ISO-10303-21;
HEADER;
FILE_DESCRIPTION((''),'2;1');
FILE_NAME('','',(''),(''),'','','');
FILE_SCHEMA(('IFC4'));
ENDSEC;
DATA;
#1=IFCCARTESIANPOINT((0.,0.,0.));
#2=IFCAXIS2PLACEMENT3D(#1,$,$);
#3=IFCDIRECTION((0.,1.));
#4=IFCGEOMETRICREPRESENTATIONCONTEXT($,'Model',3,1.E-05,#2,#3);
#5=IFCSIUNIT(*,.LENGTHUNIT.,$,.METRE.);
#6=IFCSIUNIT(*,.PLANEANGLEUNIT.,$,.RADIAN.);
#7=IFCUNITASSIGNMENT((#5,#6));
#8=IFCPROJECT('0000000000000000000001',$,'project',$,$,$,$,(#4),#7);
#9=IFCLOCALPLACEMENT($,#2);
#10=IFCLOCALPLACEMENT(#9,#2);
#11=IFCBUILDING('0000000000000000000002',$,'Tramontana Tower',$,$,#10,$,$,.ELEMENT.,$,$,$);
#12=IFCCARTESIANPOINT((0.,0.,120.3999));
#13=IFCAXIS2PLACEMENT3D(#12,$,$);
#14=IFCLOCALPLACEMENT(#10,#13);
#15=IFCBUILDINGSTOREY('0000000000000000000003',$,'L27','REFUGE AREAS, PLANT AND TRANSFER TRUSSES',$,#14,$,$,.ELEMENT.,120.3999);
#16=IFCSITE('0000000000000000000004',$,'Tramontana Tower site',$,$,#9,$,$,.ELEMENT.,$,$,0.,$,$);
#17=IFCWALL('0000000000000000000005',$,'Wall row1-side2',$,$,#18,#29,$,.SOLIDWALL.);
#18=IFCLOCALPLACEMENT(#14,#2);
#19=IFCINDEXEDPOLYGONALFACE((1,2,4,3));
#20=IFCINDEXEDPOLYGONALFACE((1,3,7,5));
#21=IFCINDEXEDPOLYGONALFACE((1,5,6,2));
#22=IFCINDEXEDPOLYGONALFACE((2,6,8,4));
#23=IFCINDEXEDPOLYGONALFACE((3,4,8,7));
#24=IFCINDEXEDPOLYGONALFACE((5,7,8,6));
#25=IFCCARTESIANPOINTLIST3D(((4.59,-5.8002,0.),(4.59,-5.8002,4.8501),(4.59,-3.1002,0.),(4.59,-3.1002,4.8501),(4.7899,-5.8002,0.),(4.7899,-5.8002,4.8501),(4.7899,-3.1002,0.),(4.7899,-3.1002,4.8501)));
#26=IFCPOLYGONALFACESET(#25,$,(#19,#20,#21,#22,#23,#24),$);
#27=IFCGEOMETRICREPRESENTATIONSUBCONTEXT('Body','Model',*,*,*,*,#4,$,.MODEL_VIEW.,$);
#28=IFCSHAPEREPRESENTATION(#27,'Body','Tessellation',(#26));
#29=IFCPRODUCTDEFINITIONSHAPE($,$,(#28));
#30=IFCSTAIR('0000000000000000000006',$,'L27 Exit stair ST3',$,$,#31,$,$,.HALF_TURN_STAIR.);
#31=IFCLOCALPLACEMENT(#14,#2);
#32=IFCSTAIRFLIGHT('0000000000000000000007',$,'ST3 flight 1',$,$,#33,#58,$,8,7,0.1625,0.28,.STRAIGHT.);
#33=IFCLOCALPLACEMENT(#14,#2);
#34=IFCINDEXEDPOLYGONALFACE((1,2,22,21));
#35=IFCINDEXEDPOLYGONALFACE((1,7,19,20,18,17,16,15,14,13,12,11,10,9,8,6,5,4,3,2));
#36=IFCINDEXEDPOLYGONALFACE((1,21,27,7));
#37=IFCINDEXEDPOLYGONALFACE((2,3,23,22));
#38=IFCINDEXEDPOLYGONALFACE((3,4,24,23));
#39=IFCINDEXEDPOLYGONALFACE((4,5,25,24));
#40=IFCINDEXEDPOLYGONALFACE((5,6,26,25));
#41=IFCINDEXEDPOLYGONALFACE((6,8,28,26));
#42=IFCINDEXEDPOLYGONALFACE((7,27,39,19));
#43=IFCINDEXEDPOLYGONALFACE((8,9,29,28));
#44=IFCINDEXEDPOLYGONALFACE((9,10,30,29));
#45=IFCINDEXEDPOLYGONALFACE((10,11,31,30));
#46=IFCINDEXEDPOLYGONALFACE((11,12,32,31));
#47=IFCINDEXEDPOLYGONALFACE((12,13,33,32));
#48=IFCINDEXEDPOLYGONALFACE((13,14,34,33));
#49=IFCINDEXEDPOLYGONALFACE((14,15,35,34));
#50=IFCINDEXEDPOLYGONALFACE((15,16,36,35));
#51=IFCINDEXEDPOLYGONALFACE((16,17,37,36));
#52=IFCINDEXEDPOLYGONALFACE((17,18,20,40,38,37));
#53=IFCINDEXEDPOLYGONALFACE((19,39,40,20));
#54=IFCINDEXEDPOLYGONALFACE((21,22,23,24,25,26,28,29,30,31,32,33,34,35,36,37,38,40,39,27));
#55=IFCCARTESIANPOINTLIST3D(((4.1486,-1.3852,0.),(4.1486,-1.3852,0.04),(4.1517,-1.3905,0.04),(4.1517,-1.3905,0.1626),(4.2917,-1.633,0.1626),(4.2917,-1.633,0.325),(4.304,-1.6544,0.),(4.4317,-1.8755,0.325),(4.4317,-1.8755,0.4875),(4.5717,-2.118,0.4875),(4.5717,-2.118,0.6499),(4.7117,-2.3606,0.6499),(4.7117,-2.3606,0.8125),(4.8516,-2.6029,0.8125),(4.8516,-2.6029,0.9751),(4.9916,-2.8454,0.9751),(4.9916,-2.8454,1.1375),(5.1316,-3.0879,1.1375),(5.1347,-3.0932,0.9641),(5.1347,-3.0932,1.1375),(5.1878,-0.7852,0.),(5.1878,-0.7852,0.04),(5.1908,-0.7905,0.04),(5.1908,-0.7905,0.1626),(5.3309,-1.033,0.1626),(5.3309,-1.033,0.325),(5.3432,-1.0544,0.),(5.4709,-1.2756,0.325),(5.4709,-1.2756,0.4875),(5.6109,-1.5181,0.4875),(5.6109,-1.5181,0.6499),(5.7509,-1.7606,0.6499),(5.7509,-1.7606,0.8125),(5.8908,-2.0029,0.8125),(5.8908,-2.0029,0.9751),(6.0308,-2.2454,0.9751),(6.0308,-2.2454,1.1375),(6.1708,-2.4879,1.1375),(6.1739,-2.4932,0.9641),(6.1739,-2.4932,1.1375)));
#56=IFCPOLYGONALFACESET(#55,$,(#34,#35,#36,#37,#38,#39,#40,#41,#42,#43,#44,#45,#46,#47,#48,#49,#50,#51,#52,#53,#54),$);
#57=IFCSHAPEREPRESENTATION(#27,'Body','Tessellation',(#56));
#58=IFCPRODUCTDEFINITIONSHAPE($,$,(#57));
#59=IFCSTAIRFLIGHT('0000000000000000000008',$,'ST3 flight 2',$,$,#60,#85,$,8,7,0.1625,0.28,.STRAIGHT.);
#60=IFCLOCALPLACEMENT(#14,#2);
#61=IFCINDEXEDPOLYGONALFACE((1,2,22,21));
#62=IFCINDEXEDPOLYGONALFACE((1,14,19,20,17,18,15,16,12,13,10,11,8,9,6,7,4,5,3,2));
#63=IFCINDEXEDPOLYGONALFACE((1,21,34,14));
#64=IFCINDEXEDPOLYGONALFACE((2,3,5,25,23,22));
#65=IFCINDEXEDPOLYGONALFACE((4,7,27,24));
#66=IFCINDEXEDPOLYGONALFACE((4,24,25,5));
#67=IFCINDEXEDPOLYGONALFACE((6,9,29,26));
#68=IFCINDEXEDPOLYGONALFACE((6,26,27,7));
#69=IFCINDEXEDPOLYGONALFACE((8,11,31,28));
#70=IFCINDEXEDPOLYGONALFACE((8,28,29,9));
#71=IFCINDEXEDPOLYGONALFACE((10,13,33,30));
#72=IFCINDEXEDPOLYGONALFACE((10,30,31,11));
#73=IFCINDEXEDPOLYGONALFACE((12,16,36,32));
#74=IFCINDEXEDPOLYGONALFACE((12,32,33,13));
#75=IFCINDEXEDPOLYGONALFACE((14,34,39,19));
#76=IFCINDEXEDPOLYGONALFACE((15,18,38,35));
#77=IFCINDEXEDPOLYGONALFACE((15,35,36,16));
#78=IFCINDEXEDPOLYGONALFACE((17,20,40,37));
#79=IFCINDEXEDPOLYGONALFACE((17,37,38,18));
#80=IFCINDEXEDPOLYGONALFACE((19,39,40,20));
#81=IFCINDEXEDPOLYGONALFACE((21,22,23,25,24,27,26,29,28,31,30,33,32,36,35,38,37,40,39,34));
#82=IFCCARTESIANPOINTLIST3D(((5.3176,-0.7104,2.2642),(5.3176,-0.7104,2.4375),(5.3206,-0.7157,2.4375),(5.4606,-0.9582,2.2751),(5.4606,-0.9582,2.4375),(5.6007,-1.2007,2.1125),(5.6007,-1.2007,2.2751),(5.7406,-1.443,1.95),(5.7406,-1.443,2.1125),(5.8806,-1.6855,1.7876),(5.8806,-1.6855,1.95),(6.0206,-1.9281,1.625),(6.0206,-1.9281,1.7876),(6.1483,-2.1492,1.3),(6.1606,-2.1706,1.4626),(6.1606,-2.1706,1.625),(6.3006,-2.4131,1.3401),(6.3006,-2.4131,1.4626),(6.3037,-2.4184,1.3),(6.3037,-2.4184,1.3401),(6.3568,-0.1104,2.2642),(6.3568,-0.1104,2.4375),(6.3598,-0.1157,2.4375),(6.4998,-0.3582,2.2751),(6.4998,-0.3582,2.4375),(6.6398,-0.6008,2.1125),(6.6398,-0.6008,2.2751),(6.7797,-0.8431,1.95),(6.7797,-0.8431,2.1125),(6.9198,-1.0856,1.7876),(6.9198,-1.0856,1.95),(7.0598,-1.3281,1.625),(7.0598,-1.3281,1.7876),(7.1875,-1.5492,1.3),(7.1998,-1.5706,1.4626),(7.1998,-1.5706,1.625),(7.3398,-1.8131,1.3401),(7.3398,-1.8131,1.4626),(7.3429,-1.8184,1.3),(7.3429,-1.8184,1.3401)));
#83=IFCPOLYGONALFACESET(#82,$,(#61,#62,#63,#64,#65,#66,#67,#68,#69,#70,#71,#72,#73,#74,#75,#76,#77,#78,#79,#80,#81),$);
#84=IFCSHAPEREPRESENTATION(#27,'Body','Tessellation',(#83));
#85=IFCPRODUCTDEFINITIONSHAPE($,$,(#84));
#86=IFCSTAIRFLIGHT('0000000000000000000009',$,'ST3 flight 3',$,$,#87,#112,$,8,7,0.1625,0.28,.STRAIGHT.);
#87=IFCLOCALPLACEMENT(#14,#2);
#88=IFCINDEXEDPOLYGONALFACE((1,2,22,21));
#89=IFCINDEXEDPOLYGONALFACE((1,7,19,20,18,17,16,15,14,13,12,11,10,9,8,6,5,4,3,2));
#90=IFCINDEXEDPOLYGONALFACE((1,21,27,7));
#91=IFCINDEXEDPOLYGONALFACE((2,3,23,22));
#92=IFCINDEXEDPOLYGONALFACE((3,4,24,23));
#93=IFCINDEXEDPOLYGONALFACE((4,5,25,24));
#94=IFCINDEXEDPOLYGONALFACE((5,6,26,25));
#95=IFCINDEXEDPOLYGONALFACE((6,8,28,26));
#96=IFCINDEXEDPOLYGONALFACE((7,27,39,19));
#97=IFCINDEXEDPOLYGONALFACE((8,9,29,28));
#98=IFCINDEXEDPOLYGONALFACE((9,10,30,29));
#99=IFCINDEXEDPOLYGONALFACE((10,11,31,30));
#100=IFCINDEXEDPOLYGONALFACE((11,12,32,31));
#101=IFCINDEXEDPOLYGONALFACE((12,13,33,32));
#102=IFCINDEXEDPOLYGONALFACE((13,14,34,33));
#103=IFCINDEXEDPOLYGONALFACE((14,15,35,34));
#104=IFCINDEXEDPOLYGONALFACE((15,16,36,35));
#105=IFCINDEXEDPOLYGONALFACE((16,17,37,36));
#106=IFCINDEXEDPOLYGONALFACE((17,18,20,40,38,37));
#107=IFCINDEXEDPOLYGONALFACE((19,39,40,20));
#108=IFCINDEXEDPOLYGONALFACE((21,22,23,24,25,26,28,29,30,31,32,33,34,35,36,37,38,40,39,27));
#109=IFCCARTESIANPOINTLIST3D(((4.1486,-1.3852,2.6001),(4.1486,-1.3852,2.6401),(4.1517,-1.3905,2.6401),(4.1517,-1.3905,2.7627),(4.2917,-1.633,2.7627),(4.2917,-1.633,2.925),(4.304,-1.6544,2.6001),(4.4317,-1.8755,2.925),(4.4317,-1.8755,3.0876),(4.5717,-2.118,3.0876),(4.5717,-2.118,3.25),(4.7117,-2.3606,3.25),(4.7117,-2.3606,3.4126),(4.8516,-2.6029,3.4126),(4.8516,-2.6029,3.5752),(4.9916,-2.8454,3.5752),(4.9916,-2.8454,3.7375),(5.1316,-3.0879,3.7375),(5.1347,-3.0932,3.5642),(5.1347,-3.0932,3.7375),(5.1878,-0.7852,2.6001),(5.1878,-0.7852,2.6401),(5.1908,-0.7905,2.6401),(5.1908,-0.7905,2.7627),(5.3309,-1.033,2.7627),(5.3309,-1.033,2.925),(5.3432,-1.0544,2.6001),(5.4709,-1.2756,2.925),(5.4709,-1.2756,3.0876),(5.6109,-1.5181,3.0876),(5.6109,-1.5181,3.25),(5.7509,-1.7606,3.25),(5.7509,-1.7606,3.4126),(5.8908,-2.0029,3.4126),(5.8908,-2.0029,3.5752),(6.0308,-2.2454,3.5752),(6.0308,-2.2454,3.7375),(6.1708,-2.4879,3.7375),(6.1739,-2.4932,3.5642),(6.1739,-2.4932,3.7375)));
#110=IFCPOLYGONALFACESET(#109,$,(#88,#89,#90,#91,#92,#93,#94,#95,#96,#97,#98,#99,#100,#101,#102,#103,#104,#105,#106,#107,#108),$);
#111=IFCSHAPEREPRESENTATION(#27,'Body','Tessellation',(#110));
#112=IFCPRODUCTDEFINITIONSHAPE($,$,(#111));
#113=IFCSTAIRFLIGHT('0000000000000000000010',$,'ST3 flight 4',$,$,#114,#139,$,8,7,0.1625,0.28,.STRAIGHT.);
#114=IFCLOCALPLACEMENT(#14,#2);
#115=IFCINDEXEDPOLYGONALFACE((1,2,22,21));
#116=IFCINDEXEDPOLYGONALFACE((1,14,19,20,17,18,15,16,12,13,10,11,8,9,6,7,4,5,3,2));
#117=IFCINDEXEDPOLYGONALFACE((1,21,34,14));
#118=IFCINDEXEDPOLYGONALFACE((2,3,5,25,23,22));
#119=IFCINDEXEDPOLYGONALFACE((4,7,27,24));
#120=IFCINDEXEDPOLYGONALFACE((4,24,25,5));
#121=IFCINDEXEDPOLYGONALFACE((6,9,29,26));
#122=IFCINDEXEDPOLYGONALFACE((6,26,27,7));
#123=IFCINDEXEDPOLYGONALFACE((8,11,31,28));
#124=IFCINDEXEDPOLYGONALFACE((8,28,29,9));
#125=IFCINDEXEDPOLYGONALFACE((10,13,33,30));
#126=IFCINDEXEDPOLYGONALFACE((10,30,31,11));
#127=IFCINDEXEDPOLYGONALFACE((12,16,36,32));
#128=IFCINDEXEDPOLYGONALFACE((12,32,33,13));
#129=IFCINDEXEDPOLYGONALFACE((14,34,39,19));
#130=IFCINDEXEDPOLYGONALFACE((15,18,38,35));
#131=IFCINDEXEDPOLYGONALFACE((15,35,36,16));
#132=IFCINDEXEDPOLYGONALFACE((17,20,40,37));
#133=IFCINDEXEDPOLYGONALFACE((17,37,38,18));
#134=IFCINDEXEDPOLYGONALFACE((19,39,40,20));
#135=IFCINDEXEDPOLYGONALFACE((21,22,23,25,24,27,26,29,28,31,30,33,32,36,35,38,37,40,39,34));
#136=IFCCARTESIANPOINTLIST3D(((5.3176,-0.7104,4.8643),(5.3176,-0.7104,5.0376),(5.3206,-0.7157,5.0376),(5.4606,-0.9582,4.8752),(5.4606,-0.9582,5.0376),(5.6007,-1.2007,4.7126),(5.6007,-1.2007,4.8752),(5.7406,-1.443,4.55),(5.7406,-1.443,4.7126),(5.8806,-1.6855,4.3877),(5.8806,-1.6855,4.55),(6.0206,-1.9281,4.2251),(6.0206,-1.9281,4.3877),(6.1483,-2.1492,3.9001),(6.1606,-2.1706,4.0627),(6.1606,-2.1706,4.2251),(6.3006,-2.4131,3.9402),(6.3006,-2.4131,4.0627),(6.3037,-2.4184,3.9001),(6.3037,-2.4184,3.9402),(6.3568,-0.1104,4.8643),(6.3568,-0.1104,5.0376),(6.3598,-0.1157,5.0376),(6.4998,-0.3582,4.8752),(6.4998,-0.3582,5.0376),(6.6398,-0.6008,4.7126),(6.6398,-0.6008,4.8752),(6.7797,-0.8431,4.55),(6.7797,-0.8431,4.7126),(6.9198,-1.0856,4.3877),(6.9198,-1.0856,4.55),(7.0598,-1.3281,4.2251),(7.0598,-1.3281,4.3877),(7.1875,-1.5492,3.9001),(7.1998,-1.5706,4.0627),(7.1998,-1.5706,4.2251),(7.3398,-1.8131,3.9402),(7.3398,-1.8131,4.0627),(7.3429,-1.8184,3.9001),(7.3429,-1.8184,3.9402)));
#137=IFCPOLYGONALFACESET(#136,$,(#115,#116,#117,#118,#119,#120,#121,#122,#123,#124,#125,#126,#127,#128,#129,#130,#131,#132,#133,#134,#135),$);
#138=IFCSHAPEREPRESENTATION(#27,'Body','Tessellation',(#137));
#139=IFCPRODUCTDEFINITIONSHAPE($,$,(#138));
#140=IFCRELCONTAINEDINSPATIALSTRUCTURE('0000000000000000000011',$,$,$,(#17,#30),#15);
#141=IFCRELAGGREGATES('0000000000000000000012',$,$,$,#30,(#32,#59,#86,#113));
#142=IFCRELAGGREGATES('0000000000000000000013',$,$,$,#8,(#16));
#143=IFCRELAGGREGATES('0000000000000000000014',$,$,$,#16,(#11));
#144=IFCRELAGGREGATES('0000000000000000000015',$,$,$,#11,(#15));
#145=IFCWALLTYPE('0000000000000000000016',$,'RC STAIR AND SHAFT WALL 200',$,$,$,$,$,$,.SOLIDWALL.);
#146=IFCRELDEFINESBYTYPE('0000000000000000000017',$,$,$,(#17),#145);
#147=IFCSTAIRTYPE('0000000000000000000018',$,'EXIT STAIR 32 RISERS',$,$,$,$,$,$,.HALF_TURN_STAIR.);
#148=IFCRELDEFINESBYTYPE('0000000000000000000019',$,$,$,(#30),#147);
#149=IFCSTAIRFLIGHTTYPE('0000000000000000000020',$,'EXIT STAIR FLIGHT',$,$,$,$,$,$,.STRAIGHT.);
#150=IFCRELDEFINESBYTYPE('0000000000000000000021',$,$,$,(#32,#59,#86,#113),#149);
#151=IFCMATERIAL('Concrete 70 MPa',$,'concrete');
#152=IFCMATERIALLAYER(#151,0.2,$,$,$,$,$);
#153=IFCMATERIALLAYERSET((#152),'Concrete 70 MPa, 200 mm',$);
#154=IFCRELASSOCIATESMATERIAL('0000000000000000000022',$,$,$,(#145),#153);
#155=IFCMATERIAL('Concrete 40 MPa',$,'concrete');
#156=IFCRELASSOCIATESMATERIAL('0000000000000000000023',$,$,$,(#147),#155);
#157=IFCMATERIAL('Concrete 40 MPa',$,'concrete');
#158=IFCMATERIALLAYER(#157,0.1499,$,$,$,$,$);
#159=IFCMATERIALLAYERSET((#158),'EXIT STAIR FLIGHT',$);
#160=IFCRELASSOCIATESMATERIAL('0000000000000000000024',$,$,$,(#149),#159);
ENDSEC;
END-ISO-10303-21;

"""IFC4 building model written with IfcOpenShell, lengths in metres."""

from ifc_helpers import new_model, si_unit, direction, frame, frame_2d, origin, place, context, subcontext, project, spatial, polyline, rectangle, outline, extrude, material, layer, layer_set, type_object, element, aggregate, save


model = new_model("IFC4")

# Units and contexts
model_context = context("Model", 3, precision=1e-05, world=origin(), true_north=direction((0.0, 1.0)))
body_context = subcontext(model_context, "Body", "Model", "MODEL_VIEW")
ifc_project = project(units=[si_unit("LENGTHUNIT", "METRE"), si_unit("PLANEANGLEUNIT", "RADIAN")], contexts=[model_context])

# Site, building, storey
site_placement = place(None, origin())
site = spatial("IfcSite", under=ifc_project, at=site_placement, Name="Tramontana Tower site", CompositionType="ELEMENT", RefElevation=0.0)
building_placement = place(site_placement, origin())
building = spatial("IfcBuilding", under=site, at=building_placement, Name="Tramontana Tower", CompositionType="ELEMENT")
storey_placement = place(building_placement, frame((0.0, 0.0, 120.3999)))
storey = spatial("IfcBuildingStorey", under=building, at=storey_placement, Name="L27", Description="REFUGE AREAS, PLANT AND TRANSFER TRUSSES", CompositionType="ELEMENT", Elevation=120.3999)

# Shared definitions
ifc_material_1 = material(Name="Concrete 70 MPa", Category="concrete")
ifc_layer_1 = layer(ifc_material_1, 0.2)
ifc_layer_set_1 = layer_set([ifc_layer_1], Name="Concrete 70 MPa, 200 mm")
wall_type_1 = type_object("IfcWallType", Name="RC STAIR AND SHAFT WALL 200", PredefinedType="SOLIDWALL", material=ifc_layer_set_1)

# Wall
for number, where, z_axis, x_axis, name in (
    (1, (4.6899, -3.1001, 0.0), (0.0, 0.0, 1.0), (0.0, -1.0, 0.0), "Wall row1-side2"),
):
    element("IfcWall", number, at=place(storey_placement, frame(where, z_axis=z_axis, x_axis=x_axis)), inside=storey, type_object=wall_type_1, Name=name, PredefinedType="SOLIDWALL", context=body_context, shape_type="SweptSolid", body=[
        extrude(rectangle(XDim=2.7, YDim=0.2, at=frame_2d((1.3501, 0.0))), origin(), (0.0, 0.0, 1.0), 4.8501),
    ])

# Stair, stair flights
ifc_material_2 = material(Name="Concrete 40 MPa", Category="concrete")
stair_type = type_object("IfcStairType", Name="EXIT STAIR 32 RISERS", PredefinedType="HALF_TURN_STAIR", material=ifc_material_2)
stair_placement = place(storey_placement, origin())
stair = element("IfcStair", 2, at=stair_placement, inside=storey, type_object=stair_type, Name="L27 Exit stair ST3", PredefinedType="HALF_TURN_STAIR")
ifc_material_3 = material(Name="Concrete 40 MPa", Category="concrete")
ifc_layer_2 = layer(ifc_material_3, 0.1499)
ifc_layer_set_2 = layer_set([ifc_layer_2], Name="EXIT STAIR FLIGHT")
stair_flight_type = type_object("IfcStairFlightType", Name="EXIT STAIR FLIGHT", PredefinedType="STRAIGHT", material=ifc_layer_set_2)
stair_flight_1_placement = place(storey_placement, frame((4.6711, -1.0906, 0.0), z_axis=(0.0, 0.0, 1.0), x_axis=(0.5, -0.866025, 0.0)))
stair_flight_1 = element("IfcStairFlight", 3, at=stair_flight_1_placement, type_object=stair_flight_type, Name="ST3 flight 1", NumberOfRisers=8, NumberOfTreads=7, PredefinedType="STRAIGHT", RiserHeight=0.1625, TreadLength=0.28, context=body_context, shape_type="SweptSolid", body=[
    extrude(outline(polyline([(-0.0061, 0.0), (-0.0061, 0.04), (0.0, 0.04), (0.0, 0.1626), (0.28, 0.1626), (0.28, 0.325), (0.5601, 0.325), (0.5601, 0.4875), (0.8401, 0.4875), (0.8401, 0.6499), (1.1201, 0.6499), (1.1201, 0.8125), (1.3999, 0.8125), (1.3999, 0.9751), (1.6799, 0.9751), (1.6799, 1.1375), (1.96, 1.1375), (1.9661, 1.1375), (1.9661, 0.9641), (0.3047, 0.0), (-0.0061, 0.0)])), frame((0.0, 0.6001, 0.0), z_axis=(0.0, -1.0, 0.0), x_axis=(1.0, 0.0, 0.0)), (0.0, 0.0, 1.0), 1.2),
])
stair_flight_2_placement = place(storey_placement, frame((6.8203, -2.113, 1.3), z_axis=(0.0, 0.0, 1.0), x_axis=(-0.5, 0.866025, 0.0)))
stair_flight_2 = element("IfcStairFlight", 4, at=stair_flight_2_placement, type_object=stair_flight_type, Name="ST3 flight 2", NumberOfRisers=8, NumberOfTreads=7, PredefinedType="STRAIGHT", RiserHeight=0.1625, TreadLength=0.28, context=body_context, shape_type="SweptSolid", body=[
    extrude(outline(polyline([(-0.0061, 0.0), (-0.0061, 0.04), (0.0, 0.04), (0.0, 0.1626), (0.28, 0.1626), (0.28, 0.325), (0.5601, 0.325), (0.5601, 0.4875), (0.8401, 0.4875), (0.8401, 0.6499), (1.1201, 0.6499), (1.1201, 0.8125), (1.3999, 0.8125), (1.3999, 0.9751), (1.6799, 0.9751), (1.6799, 1.1375), (1.96, 1.1375), (1.9661, 1.1375), (1.9661, 0.9641), (0.3047, 0.0), (-0.0061, 0.0)])), frame((0.0, 0.6001, 0.0), z_axis=(0.0, -1.0, 0.0), x_axis=(1.0, 0.0, 0.0)), (0.0, 0.0, 1.0), 1.2),
])
stair_flight_3_placement = place(storey_placement, frame((4.6711, -1.0906, 2.6001), z_axis=(0.0, 0.0, 1.0), x_axis=(0.5, -0.866025, 0.0)))
stair_flight_3 = element("IfcStairFlight", 5, at=stair_flight_3_placement, type_object=stair_flight_type, Name="ST3 flight 3", NumberOfRisers=8, NumberOfTreads=7, PredefinedType="STRAIGHT", RiserHeight=0.1625, TreadLength=0.28, context=body_context, shape_type="SweptSolid", body=[
    extrude(outline(polyline([(-0.0061, 0.0), (-0.0061, 0.04), (0.0, 0.04), (0.0, 0.1626), (0.28, 0.1626), (0.28, 0.325), (0.5601, 0.325), (0.5601, 0.4875), (0.8401, 0.4875), (0.8401, 0.6499), (1.1201, 0.6499), (1.1201, 0.8125), (1.3999, 0.8125), (1.3999, 0.9751), (1.6799, 0.9751), (1.6799, 1.1375), (1.96, 1.1375), (1.9661, 1.1375), (1.9661, 0.9641), (0.3047, 0.0), (-0.0061, 0.0)])), frame((0.0, 0.6001, 0.0), z_axis=(0.0, -1.0, 0.0), x_axis=(1.0, 0.0, 0.0)), (0.0, 0.0, 1.0), 1.2),
])
stair_flight_4_placement = place(storey_placement, frame((6.8203, -2.113, 3.9001), z_axis=(0.0, 0.0, 1.0), x_axis=(-0.5, 0.866025, 0.0)))
stair_flight_4 = element("IfcStairFlight", 6, at=stair_flight_4_placement, type_object=stair_flight_type, Name="ST3 flight 4", NumberOfRisers=8, NumberOfTreads=7, PredefinedType="STRAIGHT", RiserHeight=0.1625, TreadLength=0.28, context=body_context, shape_type="SweptSolid", body=[
    extrude(outline(polyline([(-0.0061, 0.0), (-0.0061, 0.04), (0.0, 0.04), (0.0, 0.1626), (0.28, 0.1626), (0.28, 0.325), (0.5601, 0.325), (0.5601, 0.4875), (0.8401, 0.4875), (0.8401, 0.6499), (1.1201, 0.6499), (1.1201, 0.8125), (1.3999, 0.8125), (1.3999, 0.9751), (1.6799, 0.9751), (1.6799, 1.1375), (1.96, 1.1375), (1.9661, 1.1375), (1.9661, 0.9641), (0.3047, 0.0), (-0.0061, 0.0)])), frame((0.0, 0.6001, 0.0), z_axis=(0.0, -1.0, 0.0), x_axis=(1.0, 0.0, 0.0)), (0.0, 0.0, 1.0), 1.2),
])
aggregate(stair, [stair_flight_1, stair_flight_2, stair_flight_3, stair_flight_4])

save(model, "model.ifc")
